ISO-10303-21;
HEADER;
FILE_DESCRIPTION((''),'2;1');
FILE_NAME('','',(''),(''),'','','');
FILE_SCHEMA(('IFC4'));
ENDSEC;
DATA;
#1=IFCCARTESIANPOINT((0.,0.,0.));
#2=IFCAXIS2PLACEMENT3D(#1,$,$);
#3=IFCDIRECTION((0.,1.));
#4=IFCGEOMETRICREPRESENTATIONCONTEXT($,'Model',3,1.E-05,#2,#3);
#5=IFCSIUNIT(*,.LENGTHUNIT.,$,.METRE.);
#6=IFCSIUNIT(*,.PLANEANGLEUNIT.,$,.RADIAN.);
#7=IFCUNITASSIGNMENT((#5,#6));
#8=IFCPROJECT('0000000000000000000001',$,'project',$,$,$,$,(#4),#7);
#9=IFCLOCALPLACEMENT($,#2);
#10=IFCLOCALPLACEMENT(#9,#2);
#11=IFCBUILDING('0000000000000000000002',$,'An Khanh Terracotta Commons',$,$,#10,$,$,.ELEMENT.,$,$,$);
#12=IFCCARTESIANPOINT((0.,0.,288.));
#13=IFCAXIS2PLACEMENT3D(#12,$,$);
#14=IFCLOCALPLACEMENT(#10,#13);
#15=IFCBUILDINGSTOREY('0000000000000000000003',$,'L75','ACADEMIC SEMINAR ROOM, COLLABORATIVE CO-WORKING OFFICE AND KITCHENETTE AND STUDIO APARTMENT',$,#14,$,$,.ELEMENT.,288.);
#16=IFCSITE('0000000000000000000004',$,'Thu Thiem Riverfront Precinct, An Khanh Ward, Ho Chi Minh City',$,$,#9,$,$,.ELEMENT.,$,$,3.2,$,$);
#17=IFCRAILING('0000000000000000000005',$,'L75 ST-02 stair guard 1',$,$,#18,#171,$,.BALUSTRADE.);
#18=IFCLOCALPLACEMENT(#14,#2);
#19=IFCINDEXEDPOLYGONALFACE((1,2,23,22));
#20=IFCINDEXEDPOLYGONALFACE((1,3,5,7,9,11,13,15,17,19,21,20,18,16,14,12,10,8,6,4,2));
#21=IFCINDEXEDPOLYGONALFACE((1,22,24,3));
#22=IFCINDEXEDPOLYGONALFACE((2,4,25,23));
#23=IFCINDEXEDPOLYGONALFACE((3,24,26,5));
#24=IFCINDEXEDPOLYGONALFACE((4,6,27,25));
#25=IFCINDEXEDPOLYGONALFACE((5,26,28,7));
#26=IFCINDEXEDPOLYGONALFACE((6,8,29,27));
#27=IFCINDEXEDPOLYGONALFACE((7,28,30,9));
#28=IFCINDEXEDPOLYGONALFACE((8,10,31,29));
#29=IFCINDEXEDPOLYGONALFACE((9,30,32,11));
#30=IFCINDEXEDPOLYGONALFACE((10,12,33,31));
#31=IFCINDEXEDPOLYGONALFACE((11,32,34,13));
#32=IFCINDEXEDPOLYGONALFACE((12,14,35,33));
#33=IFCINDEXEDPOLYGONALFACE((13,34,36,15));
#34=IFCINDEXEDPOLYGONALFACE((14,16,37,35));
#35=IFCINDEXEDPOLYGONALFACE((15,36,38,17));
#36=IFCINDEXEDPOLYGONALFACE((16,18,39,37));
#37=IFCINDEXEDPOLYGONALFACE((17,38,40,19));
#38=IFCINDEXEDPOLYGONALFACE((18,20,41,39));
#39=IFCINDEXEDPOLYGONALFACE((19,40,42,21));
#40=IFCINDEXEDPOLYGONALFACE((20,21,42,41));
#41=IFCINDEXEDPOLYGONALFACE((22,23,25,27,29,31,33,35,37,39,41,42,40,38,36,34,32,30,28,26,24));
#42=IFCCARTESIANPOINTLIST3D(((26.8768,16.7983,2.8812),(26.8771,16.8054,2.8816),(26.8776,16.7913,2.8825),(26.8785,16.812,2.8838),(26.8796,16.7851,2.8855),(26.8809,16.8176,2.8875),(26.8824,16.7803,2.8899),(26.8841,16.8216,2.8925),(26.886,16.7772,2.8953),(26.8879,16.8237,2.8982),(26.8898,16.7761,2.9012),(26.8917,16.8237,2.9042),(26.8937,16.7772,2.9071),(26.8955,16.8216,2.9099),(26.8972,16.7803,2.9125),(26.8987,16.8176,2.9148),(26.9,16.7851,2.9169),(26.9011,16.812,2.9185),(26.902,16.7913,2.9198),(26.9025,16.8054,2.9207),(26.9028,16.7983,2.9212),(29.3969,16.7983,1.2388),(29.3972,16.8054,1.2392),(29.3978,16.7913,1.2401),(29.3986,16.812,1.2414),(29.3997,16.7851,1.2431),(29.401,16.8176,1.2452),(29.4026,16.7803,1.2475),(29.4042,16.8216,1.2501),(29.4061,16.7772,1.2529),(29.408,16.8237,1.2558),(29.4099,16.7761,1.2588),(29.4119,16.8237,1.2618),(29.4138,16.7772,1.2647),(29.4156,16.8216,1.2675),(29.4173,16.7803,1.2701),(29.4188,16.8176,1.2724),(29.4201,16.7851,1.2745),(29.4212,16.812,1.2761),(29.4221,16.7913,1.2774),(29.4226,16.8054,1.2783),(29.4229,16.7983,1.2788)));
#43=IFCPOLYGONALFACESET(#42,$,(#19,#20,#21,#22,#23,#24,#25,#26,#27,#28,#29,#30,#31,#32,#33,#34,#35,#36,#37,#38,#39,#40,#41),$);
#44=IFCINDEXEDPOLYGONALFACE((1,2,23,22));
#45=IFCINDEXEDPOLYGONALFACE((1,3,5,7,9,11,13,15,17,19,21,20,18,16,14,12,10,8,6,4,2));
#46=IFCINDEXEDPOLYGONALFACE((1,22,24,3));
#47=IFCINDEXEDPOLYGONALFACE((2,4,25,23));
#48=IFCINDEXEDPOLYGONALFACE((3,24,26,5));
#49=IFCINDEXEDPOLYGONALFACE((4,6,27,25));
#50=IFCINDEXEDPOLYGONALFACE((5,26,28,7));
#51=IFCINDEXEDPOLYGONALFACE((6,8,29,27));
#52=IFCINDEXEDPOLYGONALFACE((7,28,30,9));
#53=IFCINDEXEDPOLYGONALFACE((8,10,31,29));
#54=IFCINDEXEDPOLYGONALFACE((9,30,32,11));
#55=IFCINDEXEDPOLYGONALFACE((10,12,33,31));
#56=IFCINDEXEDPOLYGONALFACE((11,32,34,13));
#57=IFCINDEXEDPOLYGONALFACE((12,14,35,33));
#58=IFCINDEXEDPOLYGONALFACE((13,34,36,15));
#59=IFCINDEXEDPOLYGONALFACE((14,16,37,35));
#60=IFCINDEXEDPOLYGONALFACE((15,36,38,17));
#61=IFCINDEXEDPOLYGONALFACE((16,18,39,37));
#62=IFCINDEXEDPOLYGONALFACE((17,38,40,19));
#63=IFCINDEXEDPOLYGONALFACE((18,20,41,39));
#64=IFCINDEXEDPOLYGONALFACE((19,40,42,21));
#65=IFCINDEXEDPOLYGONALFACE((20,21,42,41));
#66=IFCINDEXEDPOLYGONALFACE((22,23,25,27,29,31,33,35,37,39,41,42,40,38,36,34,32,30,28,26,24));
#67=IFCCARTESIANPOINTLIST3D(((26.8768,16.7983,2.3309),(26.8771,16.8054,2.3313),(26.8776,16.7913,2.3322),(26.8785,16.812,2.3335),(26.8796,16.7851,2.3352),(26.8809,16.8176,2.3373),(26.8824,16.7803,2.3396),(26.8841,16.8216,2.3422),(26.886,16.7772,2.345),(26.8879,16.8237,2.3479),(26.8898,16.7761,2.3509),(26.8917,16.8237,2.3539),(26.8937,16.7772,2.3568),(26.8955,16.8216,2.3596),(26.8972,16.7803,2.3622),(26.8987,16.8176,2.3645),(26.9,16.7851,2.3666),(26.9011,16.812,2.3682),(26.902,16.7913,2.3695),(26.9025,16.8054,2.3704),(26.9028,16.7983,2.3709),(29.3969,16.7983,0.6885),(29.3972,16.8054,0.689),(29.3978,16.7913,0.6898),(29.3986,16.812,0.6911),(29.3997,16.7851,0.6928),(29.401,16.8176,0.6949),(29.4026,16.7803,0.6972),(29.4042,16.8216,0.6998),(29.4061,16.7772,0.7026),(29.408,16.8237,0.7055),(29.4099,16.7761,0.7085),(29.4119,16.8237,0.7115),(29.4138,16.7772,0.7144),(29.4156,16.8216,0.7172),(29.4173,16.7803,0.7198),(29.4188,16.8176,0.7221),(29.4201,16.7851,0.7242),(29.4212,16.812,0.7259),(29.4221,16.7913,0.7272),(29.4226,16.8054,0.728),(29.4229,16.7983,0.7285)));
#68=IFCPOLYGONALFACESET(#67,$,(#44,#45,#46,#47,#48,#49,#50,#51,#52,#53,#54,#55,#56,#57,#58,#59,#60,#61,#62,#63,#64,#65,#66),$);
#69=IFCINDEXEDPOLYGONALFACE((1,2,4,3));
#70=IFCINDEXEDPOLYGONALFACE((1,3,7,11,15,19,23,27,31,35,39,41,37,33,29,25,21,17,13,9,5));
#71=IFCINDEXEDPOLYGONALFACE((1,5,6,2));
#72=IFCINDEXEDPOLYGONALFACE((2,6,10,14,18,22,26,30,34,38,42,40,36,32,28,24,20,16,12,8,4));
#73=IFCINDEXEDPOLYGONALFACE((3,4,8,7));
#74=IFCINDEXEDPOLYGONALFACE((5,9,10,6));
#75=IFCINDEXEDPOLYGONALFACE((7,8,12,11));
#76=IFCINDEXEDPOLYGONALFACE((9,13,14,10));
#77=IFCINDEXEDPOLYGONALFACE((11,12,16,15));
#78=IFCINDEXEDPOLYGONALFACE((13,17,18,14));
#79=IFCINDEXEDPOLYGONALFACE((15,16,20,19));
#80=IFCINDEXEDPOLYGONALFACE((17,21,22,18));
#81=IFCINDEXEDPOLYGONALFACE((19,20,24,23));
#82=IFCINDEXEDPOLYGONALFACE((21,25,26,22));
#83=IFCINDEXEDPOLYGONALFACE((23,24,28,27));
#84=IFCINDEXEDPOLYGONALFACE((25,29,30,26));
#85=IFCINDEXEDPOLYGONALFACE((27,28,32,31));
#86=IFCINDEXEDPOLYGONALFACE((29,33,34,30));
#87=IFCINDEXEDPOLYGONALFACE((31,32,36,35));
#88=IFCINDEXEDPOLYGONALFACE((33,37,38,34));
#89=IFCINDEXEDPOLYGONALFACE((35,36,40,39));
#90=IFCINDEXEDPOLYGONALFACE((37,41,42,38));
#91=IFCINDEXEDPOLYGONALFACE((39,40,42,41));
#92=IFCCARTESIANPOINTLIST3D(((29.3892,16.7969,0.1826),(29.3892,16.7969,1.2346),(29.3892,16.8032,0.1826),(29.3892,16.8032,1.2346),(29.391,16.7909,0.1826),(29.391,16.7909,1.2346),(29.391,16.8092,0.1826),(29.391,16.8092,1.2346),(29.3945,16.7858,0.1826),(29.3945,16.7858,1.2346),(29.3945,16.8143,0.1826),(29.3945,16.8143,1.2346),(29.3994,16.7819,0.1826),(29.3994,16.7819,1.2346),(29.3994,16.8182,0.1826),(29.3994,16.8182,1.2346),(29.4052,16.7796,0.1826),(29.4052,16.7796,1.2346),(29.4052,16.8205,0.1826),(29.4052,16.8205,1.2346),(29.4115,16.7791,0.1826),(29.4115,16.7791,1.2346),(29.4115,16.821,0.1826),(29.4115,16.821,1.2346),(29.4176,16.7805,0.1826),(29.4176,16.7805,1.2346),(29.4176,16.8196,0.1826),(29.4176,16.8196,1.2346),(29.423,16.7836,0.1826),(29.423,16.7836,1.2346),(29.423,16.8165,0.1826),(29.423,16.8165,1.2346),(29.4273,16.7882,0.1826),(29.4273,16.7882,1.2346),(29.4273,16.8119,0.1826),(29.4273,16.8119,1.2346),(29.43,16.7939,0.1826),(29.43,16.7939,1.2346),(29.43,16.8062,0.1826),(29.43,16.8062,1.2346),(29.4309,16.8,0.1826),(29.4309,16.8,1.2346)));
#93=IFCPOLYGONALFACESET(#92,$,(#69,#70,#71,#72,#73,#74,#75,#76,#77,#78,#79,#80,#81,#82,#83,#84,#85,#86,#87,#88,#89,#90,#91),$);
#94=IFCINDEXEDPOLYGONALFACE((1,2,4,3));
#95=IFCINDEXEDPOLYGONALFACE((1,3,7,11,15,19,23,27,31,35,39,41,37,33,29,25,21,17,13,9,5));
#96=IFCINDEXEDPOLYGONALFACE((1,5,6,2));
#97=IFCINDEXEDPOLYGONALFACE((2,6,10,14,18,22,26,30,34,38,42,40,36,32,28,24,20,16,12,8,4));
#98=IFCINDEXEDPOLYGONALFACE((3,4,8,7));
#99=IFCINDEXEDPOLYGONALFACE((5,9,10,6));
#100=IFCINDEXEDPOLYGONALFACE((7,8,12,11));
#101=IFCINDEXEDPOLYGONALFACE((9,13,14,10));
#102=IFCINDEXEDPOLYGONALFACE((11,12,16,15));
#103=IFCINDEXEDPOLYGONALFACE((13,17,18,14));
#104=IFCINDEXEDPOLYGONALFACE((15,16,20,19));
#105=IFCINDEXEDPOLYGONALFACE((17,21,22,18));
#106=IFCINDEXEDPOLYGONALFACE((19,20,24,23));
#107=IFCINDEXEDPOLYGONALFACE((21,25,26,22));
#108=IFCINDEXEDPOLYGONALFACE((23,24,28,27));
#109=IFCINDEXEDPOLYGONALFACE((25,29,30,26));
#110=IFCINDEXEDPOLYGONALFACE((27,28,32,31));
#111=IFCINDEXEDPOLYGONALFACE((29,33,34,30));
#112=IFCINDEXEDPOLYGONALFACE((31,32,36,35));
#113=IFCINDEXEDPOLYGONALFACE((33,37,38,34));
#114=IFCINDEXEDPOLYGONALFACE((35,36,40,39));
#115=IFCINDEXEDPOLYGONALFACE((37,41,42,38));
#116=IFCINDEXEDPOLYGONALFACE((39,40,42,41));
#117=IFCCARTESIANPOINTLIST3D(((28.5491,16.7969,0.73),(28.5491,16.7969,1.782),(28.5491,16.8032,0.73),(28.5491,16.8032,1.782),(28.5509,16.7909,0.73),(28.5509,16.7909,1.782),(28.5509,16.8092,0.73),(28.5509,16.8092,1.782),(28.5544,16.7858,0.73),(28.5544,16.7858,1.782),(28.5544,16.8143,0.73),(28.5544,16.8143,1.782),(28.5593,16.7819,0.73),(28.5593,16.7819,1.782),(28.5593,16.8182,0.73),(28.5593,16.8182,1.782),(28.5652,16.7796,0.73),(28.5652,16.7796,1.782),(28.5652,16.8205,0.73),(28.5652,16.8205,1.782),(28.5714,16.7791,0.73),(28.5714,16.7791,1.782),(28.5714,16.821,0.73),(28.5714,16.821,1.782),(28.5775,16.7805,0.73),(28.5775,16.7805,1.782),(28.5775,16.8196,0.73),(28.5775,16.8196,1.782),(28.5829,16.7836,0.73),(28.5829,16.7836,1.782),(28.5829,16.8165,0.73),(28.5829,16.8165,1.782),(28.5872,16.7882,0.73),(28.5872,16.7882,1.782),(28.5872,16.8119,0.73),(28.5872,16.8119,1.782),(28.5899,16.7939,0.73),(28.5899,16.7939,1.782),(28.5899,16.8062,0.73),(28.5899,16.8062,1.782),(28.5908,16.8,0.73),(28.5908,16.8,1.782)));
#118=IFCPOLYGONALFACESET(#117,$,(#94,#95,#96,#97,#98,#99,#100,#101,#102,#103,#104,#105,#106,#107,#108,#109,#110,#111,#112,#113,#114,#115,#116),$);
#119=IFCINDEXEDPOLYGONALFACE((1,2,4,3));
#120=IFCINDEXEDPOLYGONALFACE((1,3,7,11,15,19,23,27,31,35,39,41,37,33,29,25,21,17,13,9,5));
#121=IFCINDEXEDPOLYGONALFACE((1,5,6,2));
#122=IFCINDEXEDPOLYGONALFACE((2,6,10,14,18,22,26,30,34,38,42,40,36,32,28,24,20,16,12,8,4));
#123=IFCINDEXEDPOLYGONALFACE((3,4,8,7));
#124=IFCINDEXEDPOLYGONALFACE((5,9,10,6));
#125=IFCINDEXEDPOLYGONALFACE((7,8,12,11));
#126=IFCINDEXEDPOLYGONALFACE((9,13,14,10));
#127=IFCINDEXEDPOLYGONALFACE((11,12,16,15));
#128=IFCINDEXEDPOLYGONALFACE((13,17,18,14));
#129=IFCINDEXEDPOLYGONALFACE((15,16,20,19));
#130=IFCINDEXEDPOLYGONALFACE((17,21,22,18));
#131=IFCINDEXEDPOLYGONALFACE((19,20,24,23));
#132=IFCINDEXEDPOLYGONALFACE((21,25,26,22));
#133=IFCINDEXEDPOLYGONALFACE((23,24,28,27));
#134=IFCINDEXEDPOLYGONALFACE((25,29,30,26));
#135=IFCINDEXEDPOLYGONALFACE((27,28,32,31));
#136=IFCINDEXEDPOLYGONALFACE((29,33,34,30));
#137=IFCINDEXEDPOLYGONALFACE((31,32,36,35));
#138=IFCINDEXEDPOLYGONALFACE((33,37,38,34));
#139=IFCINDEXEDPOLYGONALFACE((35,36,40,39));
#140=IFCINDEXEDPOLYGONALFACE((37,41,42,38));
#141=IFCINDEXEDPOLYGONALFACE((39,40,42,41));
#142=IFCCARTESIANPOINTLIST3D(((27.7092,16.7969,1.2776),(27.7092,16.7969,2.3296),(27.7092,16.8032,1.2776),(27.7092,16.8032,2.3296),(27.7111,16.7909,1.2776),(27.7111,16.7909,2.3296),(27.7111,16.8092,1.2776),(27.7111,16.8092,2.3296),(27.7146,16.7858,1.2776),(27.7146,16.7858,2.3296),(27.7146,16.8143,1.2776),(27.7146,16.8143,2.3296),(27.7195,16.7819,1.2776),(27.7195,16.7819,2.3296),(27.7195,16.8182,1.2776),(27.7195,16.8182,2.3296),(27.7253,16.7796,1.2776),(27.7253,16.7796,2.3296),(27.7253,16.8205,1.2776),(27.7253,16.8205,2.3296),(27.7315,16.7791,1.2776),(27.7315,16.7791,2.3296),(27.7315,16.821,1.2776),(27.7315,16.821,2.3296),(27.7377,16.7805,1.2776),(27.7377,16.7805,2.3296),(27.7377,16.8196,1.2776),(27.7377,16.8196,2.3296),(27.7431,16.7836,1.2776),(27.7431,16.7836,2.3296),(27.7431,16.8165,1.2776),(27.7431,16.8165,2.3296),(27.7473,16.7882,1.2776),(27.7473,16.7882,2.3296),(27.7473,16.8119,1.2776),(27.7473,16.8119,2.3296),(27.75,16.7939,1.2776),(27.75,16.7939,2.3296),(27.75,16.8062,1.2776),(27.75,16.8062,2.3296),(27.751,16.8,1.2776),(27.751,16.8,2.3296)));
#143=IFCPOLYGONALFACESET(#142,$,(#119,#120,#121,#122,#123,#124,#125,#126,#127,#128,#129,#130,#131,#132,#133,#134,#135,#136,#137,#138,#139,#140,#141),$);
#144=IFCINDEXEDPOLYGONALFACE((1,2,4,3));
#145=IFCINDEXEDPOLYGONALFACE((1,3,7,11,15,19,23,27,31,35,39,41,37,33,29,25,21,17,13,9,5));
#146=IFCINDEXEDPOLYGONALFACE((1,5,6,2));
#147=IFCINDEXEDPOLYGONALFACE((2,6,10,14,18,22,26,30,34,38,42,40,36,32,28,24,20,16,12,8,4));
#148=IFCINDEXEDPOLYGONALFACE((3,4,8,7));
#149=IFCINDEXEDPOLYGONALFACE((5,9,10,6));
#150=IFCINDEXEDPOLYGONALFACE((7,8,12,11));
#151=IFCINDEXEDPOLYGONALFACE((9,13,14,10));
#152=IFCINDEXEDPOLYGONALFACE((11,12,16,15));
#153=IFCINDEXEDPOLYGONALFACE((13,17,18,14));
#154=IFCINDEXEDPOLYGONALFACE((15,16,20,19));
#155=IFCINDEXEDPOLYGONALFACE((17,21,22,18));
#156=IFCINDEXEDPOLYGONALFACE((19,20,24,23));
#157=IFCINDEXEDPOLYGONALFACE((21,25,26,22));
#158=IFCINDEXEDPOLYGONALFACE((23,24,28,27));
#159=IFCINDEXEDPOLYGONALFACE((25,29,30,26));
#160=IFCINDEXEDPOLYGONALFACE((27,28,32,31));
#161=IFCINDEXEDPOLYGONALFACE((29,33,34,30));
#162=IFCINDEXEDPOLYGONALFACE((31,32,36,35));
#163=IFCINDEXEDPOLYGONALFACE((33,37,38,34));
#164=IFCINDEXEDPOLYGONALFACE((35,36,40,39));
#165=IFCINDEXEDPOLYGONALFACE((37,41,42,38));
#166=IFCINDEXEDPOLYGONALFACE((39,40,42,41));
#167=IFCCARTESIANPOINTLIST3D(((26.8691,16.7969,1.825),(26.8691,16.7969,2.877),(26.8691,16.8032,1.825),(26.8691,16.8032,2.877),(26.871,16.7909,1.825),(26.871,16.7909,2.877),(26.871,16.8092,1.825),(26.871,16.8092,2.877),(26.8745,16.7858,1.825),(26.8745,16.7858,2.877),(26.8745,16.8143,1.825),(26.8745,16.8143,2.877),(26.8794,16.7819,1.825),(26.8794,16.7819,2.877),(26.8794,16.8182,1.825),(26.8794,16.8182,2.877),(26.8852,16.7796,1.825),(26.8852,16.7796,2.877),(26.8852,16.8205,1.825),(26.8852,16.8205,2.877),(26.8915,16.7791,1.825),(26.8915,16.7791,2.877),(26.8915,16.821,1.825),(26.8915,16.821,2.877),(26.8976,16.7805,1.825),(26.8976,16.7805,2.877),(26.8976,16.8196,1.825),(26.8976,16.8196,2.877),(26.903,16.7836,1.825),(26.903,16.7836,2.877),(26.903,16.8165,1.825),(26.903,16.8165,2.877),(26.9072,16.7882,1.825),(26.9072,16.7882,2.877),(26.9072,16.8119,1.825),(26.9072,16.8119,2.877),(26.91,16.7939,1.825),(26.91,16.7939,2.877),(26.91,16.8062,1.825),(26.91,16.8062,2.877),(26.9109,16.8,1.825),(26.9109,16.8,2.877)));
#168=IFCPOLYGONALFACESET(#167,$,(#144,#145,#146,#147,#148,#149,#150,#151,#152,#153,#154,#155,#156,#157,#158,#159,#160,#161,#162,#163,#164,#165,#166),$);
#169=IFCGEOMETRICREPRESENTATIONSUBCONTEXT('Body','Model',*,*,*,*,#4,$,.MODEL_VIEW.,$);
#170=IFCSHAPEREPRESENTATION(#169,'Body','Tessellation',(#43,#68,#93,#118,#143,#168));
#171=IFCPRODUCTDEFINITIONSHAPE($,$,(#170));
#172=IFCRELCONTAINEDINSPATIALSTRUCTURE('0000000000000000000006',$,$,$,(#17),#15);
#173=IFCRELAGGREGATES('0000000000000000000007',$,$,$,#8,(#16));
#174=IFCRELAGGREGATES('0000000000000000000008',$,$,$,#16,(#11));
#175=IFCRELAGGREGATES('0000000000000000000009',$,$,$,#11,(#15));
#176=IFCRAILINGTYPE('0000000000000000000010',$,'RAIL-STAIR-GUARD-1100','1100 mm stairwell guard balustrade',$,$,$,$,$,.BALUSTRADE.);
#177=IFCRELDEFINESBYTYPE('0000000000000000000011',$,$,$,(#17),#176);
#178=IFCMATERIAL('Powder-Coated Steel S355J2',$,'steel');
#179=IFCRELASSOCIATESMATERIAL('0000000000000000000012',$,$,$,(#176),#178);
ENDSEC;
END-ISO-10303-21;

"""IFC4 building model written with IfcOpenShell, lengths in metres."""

from ifc_helpers import new_model, si_unit, direction, frame, origin, origin_2d, place, context, subcontext, project, spatial, circle, extrude, material, type_object, element, save


model = new_model("IFC4")

# Units and contexts
model_context = context("Model", 3, precision=1e-05, world=origin(), true_north=direction((0.0, 1.0)))
body_context = subcontext(model_context, "Body", "Model", "MODEL_VIEW")
ifc_project = project(units=[si_unit("LENGTHUNIT", "METRE"), si_unit("PLANEANGLEUNIT", "RADIAN")], contexts=[model_context])

# Site, building, storey
site_placement = place(None, origin())
site = spatial("IfcSite", under=ifc_project, at=site_placement, Name="Thu Thiem Riverfront Precinct, An Khanh Ward, Ho Chi Minh City", CompositionType="ELEMENT", RefElevation=3.2)
building_placement = place(site_placement, origin())
building = spatial("IfcBuilding", under=site, at=building_placement, Name="An Khanh Terracotta Commons", CompositionType="ELEMENT")
storey_placement = place(building_placement, frame((0.0, 0.0, 288.0)))
storey = spatial("IfcBuildingStorey", under=building, at=storey_placement, Name="L75", Description="ACADEMIC SEMINAR ROOM, COLLABORATIVE CO-WORKING OFFICE AND KITCHENETTE AND STUDIO APARTMENT", CompositionType="ELEMENT", Elevation=288.0)

# Railing
ifc_material_1 = material(Name="Powder-Coated Steel S355J2", Category="steel")
railing_type_1 = type_object("IfcRailingType", Name="RAIL-STAIR-GUARD-1100", Description="1100 mm stairwell guard balustrade", PredefinedType="BALUSTRADE", material=ifc_material_1)
railing_1_placement = place(storey_placement, frame((29.4099, 16.8, 0.1826)))
element("IfcRailing", 1, at=railing_1_placement, inside=storey, type_object=railing_type_1, Name="L75 ST-02 stair guard 1", PredefinedType="BALUSTRADE", context=body_context, shape_type="SweptSolid", body=[
    extrude(circle(Radius=0.0239, at=origin_2d()), frame((0.0, 0.0, 1.0762), z_axis=(-0.837787, 0.0, 0.545998), x_axis=(0.0, -1.0, 0.0)), (0.0, 0.0, 1.0), 3.0081),
    extrude(circle(Radius=0.0239, at=origin_2d()), frame((0.0, 0.0, 0.5259), z_axis=(-0.837787, 0.0, 0.545998), x_axis=(0.0, -1.0, 0.0)), (0.0, 0.0, 1.0), 3.0081),
    extrude(circle(Radius=0.021, at=origin_2d()), origin(), (0.0, 0.0, 1.0), 1.052),
    extrude(circle(Radius=0.021, at=origin_2d()), frame((-0.8401, 0.0, 0.5474)), (0.0, 0.0, 1.0), 1.052),
    extrude(circle(Radius=0.021, at=origin_2d()), frame((-1.6799, 0.0, 1.095)), (0.0, 0.0, 1.0), 1.052),
    extrude(circle(Radius=0.021, at=origin_2d()), frame((-2.52, 0.0, 1.6423)), (0.0, 0.0, 1.0), 1.052),
])

save(model, "model.ifc")
